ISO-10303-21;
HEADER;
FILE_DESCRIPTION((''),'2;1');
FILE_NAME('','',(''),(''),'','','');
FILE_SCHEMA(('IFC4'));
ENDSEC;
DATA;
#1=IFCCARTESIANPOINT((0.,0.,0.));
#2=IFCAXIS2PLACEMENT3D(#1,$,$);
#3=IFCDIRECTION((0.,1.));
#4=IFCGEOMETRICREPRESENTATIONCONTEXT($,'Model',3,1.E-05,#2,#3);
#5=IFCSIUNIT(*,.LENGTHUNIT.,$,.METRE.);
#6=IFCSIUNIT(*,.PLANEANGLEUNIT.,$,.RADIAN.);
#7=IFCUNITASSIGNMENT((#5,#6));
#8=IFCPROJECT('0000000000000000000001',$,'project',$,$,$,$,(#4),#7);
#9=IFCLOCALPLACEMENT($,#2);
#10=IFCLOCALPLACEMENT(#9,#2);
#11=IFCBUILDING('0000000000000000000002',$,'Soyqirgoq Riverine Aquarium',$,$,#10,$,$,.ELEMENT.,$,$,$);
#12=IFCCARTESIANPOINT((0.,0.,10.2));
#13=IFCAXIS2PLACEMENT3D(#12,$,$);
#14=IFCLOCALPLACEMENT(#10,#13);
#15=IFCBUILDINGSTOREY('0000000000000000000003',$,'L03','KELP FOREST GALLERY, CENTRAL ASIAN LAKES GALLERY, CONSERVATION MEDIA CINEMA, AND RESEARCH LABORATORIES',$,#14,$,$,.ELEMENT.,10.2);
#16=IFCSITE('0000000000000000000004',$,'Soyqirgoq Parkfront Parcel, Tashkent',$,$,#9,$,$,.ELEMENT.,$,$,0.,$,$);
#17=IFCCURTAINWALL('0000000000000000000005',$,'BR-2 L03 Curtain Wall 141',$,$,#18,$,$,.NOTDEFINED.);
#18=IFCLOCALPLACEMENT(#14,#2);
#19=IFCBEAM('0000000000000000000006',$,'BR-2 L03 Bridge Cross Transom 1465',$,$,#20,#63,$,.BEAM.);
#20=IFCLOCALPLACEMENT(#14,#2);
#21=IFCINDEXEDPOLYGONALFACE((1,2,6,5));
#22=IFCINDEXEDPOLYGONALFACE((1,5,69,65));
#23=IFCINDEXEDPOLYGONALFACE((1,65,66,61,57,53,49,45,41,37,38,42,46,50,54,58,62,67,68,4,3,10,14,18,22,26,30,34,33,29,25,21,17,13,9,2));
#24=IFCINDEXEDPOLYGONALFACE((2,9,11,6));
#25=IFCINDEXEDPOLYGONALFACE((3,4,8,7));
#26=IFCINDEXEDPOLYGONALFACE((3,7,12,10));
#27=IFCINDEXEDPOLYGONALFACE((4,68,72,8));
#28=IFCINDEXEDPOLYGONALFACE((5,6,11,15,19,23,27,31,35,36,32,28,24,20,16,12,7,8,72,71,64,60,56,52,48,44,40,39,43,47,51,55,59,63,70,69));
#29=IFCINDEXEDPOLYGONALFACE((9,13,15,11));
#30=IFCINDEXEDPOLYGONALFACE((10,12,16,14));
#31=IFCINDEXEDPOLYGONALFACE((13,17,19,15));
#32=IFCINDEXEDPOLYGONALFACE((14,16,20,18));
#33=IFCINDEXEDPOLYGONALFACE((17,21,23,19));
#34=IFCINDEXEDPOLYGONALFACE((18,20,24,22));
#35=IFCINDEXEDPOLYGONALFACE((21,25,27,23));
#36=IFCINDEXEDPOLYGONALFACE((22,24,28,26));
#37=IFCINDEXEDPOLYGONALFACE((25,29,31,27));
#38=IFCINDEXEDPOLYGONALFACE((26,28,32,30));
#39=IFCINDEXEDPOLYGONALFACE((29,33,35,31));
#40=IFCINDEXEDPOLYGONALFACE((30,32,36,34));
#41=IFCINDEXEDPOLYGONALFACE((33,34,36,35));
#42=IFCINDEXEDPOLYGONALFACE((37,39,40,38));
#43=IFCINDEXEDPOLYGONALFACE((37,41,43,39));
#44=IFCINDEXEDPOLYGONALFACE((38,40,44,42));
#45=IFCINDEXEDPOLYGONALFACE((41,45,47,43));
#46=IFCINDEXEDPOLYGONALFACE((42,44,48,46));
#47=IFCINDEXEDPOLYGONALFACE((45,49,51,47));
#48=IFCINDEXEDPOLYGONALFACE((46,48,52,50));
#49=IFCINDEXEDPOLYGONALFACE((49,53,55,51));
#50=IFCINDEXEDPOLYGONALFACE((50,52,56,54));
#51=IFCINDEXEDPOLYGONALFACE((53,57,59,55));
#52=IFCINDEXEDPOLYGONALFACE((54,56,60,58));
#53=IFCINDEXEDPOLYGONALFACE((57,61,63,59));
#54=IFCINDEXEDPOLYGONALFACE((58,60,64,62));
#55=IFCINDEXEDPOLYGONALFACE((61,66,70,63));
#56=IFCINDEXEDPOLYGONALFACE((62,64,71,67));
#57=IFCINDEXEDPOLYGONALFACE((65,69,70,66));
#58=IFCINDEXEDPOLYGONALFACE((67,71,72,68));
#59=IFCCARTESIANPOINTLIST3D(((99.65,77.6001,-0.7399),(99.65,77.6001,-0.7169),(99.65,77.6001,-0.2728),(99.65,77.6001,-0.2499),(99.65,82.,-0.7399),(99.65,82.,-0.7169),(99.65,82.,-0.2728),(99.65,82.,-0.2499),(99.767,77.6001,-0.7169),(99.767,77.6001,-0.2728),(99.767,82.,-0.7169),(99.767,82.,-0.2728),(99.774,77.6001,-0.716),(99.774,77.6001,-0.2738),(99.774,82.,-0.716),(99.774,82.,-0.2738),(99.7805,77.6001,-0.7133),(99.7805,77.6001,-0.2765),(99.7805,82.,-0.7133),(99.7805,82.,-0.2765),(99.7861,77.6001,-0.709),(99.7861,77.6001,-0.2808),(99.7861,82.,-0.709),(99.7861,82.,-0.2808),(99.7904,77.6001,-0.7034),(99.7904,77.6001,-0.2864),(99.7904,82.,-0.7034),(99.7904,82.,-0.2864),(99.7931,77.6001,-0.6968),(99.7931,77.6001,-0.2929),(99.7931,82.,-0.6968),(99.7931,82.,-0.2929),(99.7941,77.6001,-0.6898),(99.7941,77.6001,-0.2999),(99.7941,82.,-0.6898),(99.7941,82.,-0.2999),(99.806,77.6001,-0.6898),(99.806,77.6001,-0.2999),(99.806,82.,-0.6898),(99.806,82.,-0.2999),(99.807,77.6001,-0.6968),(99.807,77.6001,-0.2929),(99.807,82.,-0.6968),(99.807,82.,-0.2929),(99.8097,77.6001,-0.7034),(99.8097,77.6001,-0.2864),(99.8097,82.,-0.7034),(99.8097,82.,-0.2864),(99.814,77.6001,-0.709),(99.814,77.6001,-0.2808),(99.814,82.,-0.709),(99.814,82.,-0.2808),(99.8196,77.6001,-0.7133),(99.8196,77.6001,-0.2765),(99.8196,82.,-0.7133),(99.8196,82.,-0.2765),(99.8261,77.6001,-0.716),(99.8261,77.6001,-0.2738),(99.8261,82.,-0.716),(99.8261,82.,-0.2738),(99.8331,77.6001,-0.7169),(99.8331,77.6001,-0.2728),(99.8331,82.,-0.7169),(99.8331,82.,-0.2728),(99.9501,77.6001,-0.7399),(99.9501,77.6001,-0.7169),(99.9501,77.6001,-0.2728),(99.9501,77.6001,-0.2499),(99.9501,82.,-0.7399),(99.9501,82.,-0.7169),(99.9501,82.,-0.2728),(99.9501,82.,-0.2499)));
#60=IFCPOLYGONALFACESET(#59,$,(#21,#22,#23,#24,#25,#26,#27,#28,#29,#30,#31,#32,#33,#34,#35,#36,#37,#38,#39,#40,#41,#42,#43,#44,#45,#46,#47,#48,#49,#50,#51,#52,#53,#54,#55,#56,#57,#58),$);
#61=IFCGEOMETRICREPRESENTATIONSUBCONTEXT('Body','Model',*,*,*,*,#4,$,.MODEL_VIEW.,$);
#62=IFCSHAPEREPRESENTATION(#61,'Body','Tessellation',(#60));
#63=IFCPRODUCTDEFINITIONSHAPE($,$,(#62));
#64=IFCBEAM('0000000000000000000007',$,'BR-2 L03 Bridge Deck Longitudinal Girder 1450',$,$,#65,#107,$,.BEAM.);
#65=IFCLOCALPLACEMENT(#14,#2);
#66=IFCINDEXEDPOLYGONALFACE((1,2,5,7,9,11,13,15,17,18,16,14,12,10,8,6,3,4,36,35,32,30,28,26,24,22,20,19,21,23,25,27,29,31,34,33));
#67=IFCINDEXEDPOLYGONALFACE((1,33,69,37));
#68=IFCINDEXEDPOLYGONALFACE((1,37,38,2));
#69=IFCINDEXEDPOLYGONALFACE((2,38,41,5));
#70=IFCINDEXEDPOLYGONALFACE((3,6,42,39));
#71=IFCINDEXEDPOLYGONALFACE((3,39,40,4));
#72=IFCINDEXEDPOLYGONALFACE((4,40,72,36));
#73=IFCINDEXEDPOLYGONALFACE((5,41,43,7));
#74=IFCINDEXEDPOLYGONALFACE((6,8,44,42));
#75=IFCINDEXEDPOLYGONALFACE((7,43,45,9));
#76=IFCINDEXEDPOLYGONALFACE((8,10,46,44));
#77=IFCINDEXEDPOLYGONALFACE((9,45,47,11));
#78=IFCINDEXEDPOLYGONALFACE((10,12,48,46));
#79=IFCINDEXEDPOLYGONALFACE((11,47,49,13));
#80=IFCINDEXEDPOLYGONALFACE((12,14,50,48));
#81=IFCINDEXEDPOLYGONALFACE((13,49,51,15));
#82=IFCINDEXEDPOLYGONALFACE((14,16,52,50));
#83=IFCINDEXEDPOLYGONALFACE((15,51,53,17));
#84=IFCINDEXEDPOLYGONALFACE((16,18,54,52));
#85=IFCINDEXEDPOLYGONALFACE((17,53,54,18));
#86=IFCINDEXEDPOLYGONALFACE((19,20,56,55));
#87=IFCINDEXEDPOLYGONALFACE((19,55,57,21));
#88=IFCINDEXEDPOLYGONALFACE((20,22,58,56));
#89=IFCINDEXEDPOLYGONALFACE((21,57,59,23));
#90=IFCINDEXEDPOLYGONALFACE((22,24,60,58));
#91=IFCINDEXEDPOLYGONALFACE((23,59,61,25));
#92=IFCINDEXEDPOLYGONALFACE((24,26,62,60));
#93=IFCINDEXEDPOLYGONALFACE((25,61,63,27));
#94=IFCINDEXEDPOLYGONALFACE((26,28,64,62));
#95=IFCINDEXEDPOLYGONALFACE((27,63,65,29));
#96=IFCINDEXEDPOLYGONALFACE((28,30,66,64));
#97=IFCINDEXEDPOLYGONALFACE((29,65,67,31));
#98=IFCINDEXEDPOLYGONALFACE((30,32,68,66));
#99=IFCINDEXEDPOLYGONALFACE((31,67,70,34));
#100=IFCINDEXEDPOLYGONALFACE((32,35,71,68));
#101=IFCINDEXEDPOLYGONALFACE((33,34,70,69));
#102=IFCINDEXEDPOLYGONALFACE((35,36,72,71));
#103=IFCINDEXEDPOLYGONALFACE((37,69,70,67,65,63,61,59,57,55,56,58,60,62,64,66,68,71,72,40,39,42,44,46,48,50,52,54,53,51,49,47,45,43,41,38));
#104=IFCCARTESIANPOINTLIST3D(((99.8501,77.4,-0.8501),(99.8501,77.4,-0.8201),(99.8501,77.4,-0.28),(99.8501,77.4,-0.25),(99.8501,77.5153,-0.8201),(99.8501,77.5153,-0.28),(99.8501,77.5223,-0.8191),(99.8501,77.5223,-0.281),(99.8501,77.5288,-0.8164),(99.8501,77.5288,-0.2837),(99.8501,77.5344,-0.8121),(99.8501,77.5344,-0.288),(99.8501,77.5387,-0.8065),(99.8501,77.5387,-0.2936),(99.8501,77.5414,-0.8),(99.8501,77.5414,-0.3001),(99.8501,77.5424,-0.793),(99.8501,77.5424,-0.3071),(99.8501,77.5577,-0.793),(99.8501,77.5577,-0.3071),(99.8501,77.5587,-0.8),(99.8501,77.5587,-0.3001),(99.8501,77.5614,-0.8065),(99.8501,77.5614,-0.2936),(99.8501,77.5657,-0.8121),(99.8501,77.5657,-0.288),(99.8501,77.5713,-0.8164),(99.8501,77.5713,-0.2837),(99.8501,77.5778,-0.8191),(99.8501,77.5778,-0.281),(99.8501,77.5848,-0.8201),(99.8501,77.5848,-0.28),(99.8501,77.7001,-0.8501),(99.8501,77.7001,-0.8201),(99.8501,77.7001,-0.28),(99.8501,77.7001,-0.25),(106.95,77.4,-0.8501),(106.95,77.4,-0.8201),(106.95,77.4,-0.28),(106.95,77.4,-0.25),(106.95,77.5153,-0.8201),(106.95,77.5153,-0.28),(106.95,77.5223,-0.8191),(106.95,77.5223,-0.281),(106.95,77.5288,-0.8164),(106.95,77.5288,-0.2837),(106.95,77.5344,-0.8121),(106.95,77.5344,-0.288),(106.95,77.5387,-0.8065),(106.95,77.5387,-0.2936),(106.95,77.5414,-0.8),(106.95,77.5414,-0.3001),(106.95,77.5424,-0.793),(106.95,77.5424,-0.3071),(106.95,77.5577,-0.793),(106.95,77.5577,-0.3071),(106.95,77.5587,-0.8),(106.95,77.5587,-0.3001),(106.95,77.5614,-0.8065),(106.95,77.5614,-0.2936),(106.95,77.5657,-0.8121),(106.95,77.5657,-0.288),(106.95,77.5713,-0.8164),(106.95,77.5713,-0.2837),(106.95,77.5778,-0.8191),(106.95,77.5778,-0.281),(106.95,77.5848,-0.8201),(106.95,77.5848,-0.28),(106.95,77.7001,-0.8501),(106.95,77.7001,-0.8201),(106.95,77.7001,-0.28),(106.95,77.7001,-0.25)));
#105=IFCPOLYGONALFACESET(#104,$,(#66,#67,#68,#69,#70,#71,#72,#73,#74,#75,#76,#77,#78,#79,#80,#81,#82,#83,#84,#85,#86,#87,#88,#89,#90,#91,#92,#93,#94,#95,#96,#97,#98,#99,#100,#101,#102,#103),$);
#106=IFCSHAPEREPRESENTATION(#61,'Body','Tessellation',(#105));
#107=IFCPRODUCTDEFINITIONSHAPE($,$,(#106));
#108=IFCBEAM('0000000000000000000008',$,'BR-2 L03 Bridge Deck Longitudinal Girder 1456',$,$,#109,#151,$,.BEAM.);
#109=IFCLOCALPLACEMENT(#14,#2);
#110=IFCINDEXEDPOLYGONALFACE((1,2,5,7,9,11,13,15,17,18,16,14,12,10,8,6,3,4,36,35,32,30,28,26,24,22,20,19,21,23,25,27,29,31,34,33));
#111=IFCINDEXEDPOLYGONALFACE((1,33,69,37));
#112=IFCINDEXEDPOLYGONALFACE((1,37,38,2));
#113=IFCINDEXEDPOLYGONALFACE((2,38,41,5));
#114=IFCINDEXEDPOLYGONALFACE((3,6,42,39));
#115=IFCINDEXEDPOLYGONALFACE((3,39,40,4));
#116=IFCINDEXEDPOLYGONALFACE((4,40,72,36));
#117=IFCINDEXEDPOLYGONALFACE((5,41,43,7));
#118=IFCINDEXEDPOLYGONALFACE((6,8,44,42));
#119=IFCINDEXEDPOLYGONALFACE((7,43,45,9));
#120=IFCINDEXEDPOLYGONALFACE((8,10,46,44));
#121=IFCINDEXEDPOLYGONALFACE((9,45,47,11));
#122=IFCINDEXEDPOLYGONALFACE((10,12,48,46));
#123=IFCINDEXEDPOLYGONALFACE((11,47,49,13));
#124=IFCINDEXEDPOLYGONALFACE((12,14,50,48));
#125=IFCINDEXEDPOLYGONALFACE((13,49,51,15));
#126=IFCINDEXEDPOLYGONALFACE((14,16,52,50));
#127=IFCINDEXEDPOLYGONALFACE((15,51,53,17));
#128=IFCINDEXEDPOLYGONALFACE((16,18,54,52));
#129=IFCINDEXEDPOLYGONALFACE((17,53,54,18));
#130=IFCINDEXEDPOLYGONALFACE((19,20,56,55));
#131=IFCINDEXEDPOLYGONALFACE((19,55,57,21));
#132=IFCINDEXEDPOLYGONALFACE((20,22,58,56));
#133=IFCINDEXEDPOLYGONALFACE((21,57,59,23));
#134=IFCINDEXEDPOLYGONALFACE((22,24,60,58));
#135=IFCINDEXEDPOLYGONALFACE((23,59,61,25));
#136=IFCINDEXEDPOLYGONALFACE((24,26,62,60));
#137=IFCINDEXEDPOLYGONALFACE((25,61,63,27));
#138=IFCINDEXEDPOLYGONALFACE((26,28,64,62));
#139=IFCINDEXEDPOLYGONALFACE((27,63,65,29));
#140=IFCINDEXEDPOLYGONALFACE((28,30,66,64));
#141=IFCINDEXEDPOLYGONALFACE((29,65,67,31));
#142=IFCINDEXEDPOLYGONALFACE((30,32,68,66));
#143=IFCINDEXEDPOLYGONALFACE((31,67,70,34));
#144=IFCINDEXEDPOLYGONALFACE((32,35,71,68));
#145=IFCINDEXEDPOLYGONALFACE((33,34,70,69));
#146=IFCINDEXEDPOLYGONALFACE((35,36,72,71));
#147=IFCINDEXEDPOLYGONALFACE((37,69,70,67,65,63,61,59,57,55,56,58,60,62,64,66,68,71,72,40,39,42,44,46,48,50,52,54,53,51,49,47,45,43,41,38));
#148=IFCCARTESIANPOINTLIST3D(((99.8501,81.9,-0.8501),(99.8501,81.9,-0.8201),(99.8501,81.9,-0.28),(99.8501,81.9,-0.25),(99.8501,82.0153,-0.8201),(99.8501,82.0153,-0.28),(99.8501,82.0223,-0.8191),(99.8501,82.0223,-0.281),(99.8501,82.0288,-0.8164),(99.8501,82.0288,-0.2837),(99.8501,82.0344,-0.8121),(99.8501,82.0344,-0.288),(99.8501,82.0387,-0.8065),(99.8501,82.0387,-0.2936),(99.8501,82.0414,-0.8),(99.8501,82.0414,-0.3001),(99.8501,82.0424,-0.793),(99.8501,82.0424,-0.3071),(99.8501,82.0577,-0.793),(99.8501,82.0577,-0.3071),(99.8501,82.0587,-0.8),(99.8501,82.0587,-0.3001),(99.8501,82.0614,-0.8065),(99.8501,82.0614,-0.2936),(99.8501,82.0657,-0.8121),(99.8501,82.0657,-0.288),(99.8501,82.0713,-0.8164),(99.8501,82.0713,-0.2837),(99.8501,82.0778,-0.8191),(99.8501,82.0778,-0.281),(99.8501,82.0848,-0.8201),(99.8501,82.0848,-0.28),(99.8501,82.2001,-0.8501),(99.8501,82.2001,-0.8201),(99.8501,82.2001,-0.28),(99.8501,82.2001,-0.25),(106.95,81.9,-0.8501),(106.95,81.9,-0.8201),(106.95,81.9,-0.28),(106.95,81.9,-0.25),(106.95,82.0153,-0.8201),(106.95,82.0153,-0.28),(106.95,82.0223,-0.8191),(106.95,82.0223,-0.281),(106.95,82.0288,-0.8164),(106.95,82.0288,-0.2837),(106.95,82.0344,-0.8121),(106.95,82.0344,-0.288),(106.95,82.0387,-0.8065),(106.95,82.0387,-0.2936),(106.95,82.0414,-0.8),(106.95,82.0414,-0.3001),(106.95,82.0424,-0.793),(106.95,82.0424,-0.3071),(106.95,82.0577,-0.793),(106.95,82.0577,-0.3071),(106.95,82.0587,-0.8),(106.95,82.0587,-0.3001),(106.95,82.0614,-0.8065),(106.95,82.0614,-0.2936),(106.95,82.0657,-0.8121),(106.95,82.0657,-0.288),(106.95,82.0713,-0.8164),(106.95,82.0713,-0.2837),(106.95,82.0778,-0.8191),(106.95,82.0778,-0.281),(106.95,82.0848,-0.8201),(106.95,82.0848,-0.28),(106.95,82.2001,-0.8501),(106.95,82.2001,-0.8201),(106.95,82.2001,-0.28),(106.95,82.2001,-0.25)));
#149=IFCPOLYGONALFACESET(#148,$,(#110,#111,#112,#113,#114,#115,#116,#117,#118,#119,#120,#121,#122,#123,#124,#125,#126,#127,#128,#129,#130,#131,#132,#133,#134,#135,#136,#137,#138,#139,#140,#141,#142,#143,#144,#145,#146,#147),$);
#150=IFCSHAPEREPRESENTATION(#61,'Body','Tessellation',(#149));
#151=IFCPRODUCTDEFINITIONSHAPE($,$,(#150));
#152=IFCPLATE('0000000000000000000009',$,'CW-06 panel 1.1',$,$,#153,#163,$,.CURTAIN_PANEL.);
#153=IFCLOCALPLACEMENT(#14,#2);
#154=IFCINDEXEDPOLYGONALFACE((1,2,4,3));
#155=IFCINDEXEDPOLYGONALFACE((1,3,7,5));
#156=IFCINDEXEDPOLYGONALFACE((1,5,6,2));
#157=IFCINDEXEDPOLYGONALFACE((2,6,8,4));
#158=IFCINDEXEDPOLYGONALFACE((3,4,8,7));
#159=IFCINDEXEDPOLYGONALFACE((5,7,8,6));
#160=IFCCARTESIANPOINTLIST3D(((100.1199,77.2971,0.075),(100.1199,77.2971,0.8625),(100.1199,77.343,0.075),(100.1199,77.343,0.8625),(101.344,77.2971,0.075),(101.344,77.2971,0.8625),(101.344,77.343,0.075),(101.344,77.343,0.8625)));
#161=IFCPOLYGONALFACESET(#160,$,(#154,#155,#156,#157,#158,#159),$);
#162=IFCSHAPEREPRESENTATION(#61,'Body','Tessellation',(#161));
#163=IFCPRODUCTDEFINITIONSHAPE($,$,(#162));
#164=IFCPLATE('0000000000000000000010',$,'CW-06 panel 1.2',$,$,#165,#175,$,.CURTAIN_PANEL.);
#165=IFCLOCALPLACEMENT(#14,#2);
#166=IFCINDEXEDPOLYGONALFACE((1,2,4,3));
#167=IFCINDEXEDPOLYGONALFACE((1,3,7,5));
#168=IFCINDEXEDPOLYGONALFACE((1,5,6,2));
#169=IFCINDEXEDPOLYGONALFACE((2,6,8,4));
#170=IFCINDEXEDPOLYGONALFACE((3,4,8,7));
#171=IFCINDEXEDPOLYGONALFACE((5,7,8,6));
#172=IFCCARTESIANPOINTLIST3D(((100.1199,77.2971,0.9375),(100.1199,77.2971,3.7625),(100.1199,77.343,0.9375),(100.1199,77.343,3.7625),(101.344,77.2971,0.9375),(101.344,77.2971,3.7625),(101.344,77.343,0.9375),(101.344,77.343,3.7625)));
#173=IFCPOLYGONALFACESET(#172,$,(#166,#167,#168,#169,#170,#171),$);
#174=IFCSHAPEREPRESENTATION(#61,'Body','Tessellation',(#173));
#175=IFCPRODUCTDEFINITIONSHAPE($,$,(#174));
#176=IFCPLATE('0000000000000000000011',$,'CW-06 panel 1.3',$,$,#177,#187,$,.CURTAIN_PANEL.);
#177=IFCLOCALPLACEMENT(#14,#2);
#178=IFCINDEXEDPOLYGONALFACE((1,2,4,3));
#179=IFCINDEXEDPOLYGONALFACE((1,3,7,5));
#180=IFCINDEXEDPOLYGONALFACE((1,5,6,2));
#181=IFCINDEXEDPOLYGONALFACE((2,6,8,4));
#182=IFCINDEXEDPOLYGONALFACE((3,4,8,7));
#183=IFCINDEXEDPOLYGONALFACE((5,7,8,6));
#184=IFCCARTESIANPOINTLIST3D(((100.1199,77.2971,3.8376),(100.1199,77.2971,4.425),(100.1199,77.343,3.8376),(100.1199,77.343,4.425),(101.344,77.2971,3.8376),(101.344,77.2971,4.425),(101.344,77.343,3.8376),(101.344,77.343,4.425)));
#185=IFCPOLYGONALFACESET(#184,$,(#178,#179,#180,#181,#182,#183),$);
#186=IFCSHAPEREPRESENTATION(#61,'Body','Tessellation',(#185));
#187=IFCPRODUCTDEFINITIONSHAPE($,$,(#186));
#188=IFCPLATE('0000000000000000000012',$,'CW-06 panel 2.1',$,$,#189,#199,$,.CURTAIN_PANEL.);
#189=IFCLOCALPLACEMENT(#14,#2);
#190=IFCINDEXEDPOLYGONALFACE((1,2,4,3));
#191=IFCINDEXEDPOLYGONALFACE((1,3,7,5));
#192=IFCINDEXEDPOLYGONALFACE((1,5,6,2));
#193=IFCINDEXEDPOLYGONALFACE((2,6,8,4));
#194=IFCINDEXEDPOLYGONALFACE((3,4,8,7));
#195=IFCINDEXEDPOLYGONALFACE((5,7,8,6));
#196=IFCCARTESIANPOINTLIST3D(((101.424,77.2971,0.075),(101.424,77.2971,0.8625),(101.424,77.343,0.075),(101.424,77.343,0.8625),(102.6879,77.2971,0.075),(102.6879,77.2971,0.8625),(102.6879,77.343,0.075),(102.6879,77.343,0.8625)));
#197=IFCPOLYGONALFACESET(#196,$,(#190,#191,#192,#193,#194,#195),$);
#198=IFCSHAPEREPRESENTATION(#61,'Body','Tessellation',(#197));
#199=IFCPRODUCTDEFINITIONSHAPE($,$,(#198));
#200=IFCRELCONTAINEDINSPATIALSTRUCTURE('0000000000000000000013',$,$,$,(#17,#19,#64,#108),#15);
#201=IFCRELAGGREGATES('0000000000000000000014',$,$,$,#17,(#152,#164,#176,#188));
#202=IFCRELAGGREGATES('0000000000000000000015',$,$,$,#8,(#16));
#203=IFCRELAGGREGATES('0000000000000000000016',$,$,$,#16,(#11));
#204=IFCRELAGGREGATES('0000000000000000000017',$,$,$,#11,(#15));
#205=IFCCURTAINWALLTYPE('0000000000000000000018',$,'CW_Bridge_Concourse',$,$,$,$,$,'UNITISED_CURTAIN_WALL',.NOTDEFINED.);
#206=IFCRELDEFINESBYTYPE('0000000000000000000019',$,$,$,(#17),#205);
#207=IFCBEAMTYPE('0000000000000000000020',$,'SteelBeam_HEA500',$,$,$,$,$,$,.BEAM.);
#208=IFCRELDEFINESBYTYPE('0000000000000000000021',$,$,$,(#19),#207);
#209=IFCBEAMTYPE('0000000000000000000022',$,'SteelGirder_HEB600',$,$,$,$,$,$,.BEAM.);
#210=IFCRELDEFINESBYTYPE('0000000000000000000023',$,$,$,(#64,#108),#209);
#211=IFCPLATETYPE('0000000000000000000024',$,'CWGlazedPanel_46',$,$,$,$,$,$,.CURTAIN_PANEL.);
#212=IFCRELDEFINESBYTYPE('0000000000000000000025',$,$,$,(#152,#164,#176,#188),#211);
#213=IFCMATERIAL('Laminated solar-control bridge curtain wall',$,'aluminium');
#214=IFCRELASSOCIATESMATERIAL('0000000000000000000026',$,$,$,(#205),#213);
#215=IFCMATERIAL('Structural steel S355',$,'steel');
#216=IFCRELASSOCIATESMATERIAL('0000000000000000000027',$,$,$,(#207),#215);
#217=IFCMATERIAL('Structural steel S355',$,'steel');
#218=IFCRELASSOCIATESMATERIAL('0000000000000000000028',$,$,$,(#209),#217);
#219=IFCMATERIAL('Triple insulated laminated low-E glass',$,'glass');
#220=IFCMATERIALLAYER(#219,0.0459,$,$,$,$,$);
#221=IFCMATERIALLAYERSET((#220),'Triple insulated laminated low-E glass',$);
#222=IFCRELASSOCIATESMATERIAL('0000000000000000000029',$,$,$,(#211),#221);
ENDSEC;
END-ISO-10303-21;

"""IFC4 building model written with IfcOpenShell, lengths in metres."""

from ifc_helpers import new_model, si_unit, direction, frame, origin, origin_2d, place, context, subcontext, project, spatial, rectangle, i_section, extrude, material, layer, layer_set, material_profile, profile_set, type_object, element, aggregate, save


model = new_model("IFC4")

# Units and contexts
model_context = context("Model", 3, precision=1e-05, world=origin(), true_north=direction((0.0, 1.0)))
body_context = subcontext(model_context, "Body", "Model", "MODEL_VIEW")
ifc_project = project(units=[si_unit("LENGTHUNIT", "METRE"), si_unit("PLANEANGLEUNIT", "RADIAN")], contexts=[model_context])

# Site, building, storey
site_placement = place(None, origin())
site = spatial("IfcSite", under=ifc_project, at=site_placement, Name="Soyqirgoq Parkfront Parcel, Tashkent", CompositionType="ELEMENT", RefElevation=0.0)
building_placement = place(site_placement, origin())
building = spatial("IfcBuilding", under=site, at=building_placement, Name="Soyqirgoq Riverine Aquarium", CompositionType="ELEMENT")
storey_placement = place(building_placement, frame((0.0, 0.0, 10.2)))
storey = spatial("IfcBuildingStorey", under=building, at=storey_placement, Name="L03", Description="KELP FOREST GALLERY, CENTRAL ASIAN LAKES GALLERY, CONSERVATION MEDIA CINEMA, AND RESEARCH LABORATORIES", CompositionType="ELEMENT", Elevation=10.2)

# Curtain wall
ifc_material_1 = material(Name="Laminated solar-control bridge curtain wall", Category="aluminium")
curtain_wall_type = type_object("IfcCurtainWallType", Name="CW_Bridge_Concourse", ElementType="UNITISED_CURTAIN_WALL", PredefinedType="NOTDEFINED", material=ifc_material_1)
curtain_wall_placement = place(storey_placement, origin())
curtain_wall = element("IfcCurtainWall", 1, at=curtain_wall_placement, inside=storey, type_object=curtain_wall_type, Name="BR-2 L03 Curtain Wall 141", PredefinedType="NOTDEFINED")

# Beams
ifc_material_2 = material(Name="Structural steel S355", Category="steel")
ifc_material_profile_1 = material_profile(ifc_material_2, i_section(OverallWidth=0.3, OverallDepth=0.49, WebThickness=0.012, FlangeThickness=0.0229, FilletRadius=0.0271, at=origin_2d()), Name="HEA 500")
ifc_profile_set_1 = profile_set([ifc_material_profile_1], Name="Structural steel S355")
beam_type_1 = type_object("IfcBeamType", Name="SteelBeam_HEA500", PredefinedType="BEAM", material=ifc_profile_set_1)
beam_1_placement = place(storey_placement, frame((99.8, 77.6001, -0.4949), z_axis=(0.0, 1.0, 0.0), x_axis=(-1.0, 0.0, 0.0)))
element("IfcBeam", 2, at=beam_1_placement, inside=storey, type_object=beam_type_1, Name="BR-2 L03 Bridge Cross Transom 1465", PredefinedType="BEAM", context=body_context, shape_type="SweptSolid", body=[
    extrude(i_section(OverallWidth=0.3, OverallDepth=0.49, WebThickness=0.012, FlangeThickness=0.0229, FilletRadius=0.0271, at=origin_2d()), origin(), (0.0, 0.0, 1.0), 4.3999),
])
ifc_material_3 = material(Name="Structural steel S355", Category="steel")
ifc_material_profile_2 = material_profile(ifc_material_3, i_section(OverallWidth=0.3, OverallDepth=0.6001, WebThickness=0.0154, FlangeThickness=0.03, FilletRadius=0.0271, at=origin_2d()), Name="HEB 600")
ifc_profile_set_2 = profile_set([ifc_material_profile_2], Name="Structural steel S355")
beam_type_2 = type_object("IfcBeamType", Name="SteelGirder_HEB600", PredefinedType="BEAM", material=ifc_profile_set_2)
for number, where, z_axis, x_axis, name in (
    (3, (99.8501, 77.55, -0.55), (1.0, 0.0, 0.0), (0.0, 1.0, 0.0), "BR-2 L03 Bridge Deck Longitudinal Girder 1450"),
    (4, (99.8501, 82.05, -0.55), (1.0, 0.0, 0.0), (0.0, 1.0, 0.0), "BR-2 L03 Bridge Deck Longitudinal Girder 1456"),
):
    element("IfcBeam", number, at=place(storey_placement, frame(where, z_axis=z_axis, x_axis=x_axis)), inside=storey, type_object=beam_type_2, Name=name, PredefinedType="BEAM", context=body_context, shape_type="SweptSolid", body=[
        extrude(i_section(OverallWidth=0.3, OverallDepth=0.6001, WebThickness=0.0154, FlangeThickness=0.03, FilletRadius=0.0271, at=origin_2d()), origin(), (0.0, 0.0, 1.0), 7.0999),
    ])

# Plates
ifc_material_4 = material(Name="Triple insulated laminated low-E glass", Category="glass")
ifc_layer_1 = layer(ifc_material_4, 0.0459)
ifc_layer_set_1 = layer_set([ifc_layer_1], Name="Triple insulated laminated low-E glass")
plate_type_1 = type_object("IfcPlateType", Name="CWGlazedPanel_46", PredefinedType="CURTAIN_PANEL", material=ifc_layer_set_1)
plate_1_placement = place(storey_placement, frame((100.7319, 77.3201, 0.075), z_axis=(0.0, 0.0, 1.0), x_axis=(1.0, 0.0, 0.0)))
plate_1 = element("IfcPlate", 5, at=plate_1_placement, type_object=plate_type_1, Name="CW-06 panel 1.1", PredefinedType="CURTAIN_PANEL", context=body_context, shape_type="SweptSolid", body=[
    extrude(rectangle(XDim=1.2241, YDim=0.0459, at=origin_2d()), origin(), (0.0, 0.0, 1.0), 0.7876),
])
plate_2_placement = place(storey_placement, frame((100.7319, 77.3201, 0.9375), z_axis=(0.0, 0.0, 1.0), x_axis=(1.0, 0.0, 0.0)))
plate_2 = element("IfcPlate", 6, at=plate_2_placement, type_object=plate_type_1, Name="CW-06 panel 1.2", PredefinedType="CURTAIN_PANEL", context=body_context, shape_type="SweptSolid", body=[
    extrude(rectangle(XDim=1.2241, YDim=0.0459, at=origin_2d()), origin(), (0.0, 0.0, 1.0), 2.825),
])
plate_3_placement = place(storey_placement, frame((100.7319, 77.3201, 3.8376), z_axis=(0.0, 0.0, 1.0), x_axis=(1.0, 0.0, 0.0)))
plate_3 = element("IfcPlate", 7, at=plate_3_placement, type_object=plate_type_1, Name="CW-06 panel 1.3", PredefinedType="CURTAIN_PANEL", context=body_context, shape_type="SweptSolid", body=[
    extrude(rectangle(XDim=1.2241, YDim=0.0459, at=origin_2d()), origin(), (0.0, 0.0, 1.0), 0.5874),
])
plate_4_placement = place(storey_placement, frame((102.0559, 77.3201, 0.075), z_axis=(0.0, 0.0, 1.0), x_axis=(1.0, 0.0, 0.0)))
plate_4 = element("IfcPlate", 8, at=plate_4_placement, type_object=plate_type_1, Name="CW-06 panel 2.1", PredefinedType="CURTAIN_PANEL", context=body_context, shape_type="SweptSolid", body=[
    extrude(rectangle(XDim=1.2639, YDim=0.0459, at=origin_2d()), origin(), (0.0, 0.0, 1.0), 0.7876),
])
aggregate(curtain_wall, [plate_1, plate_2, plate_3, plate_4])

save(model, "model.ifc")
